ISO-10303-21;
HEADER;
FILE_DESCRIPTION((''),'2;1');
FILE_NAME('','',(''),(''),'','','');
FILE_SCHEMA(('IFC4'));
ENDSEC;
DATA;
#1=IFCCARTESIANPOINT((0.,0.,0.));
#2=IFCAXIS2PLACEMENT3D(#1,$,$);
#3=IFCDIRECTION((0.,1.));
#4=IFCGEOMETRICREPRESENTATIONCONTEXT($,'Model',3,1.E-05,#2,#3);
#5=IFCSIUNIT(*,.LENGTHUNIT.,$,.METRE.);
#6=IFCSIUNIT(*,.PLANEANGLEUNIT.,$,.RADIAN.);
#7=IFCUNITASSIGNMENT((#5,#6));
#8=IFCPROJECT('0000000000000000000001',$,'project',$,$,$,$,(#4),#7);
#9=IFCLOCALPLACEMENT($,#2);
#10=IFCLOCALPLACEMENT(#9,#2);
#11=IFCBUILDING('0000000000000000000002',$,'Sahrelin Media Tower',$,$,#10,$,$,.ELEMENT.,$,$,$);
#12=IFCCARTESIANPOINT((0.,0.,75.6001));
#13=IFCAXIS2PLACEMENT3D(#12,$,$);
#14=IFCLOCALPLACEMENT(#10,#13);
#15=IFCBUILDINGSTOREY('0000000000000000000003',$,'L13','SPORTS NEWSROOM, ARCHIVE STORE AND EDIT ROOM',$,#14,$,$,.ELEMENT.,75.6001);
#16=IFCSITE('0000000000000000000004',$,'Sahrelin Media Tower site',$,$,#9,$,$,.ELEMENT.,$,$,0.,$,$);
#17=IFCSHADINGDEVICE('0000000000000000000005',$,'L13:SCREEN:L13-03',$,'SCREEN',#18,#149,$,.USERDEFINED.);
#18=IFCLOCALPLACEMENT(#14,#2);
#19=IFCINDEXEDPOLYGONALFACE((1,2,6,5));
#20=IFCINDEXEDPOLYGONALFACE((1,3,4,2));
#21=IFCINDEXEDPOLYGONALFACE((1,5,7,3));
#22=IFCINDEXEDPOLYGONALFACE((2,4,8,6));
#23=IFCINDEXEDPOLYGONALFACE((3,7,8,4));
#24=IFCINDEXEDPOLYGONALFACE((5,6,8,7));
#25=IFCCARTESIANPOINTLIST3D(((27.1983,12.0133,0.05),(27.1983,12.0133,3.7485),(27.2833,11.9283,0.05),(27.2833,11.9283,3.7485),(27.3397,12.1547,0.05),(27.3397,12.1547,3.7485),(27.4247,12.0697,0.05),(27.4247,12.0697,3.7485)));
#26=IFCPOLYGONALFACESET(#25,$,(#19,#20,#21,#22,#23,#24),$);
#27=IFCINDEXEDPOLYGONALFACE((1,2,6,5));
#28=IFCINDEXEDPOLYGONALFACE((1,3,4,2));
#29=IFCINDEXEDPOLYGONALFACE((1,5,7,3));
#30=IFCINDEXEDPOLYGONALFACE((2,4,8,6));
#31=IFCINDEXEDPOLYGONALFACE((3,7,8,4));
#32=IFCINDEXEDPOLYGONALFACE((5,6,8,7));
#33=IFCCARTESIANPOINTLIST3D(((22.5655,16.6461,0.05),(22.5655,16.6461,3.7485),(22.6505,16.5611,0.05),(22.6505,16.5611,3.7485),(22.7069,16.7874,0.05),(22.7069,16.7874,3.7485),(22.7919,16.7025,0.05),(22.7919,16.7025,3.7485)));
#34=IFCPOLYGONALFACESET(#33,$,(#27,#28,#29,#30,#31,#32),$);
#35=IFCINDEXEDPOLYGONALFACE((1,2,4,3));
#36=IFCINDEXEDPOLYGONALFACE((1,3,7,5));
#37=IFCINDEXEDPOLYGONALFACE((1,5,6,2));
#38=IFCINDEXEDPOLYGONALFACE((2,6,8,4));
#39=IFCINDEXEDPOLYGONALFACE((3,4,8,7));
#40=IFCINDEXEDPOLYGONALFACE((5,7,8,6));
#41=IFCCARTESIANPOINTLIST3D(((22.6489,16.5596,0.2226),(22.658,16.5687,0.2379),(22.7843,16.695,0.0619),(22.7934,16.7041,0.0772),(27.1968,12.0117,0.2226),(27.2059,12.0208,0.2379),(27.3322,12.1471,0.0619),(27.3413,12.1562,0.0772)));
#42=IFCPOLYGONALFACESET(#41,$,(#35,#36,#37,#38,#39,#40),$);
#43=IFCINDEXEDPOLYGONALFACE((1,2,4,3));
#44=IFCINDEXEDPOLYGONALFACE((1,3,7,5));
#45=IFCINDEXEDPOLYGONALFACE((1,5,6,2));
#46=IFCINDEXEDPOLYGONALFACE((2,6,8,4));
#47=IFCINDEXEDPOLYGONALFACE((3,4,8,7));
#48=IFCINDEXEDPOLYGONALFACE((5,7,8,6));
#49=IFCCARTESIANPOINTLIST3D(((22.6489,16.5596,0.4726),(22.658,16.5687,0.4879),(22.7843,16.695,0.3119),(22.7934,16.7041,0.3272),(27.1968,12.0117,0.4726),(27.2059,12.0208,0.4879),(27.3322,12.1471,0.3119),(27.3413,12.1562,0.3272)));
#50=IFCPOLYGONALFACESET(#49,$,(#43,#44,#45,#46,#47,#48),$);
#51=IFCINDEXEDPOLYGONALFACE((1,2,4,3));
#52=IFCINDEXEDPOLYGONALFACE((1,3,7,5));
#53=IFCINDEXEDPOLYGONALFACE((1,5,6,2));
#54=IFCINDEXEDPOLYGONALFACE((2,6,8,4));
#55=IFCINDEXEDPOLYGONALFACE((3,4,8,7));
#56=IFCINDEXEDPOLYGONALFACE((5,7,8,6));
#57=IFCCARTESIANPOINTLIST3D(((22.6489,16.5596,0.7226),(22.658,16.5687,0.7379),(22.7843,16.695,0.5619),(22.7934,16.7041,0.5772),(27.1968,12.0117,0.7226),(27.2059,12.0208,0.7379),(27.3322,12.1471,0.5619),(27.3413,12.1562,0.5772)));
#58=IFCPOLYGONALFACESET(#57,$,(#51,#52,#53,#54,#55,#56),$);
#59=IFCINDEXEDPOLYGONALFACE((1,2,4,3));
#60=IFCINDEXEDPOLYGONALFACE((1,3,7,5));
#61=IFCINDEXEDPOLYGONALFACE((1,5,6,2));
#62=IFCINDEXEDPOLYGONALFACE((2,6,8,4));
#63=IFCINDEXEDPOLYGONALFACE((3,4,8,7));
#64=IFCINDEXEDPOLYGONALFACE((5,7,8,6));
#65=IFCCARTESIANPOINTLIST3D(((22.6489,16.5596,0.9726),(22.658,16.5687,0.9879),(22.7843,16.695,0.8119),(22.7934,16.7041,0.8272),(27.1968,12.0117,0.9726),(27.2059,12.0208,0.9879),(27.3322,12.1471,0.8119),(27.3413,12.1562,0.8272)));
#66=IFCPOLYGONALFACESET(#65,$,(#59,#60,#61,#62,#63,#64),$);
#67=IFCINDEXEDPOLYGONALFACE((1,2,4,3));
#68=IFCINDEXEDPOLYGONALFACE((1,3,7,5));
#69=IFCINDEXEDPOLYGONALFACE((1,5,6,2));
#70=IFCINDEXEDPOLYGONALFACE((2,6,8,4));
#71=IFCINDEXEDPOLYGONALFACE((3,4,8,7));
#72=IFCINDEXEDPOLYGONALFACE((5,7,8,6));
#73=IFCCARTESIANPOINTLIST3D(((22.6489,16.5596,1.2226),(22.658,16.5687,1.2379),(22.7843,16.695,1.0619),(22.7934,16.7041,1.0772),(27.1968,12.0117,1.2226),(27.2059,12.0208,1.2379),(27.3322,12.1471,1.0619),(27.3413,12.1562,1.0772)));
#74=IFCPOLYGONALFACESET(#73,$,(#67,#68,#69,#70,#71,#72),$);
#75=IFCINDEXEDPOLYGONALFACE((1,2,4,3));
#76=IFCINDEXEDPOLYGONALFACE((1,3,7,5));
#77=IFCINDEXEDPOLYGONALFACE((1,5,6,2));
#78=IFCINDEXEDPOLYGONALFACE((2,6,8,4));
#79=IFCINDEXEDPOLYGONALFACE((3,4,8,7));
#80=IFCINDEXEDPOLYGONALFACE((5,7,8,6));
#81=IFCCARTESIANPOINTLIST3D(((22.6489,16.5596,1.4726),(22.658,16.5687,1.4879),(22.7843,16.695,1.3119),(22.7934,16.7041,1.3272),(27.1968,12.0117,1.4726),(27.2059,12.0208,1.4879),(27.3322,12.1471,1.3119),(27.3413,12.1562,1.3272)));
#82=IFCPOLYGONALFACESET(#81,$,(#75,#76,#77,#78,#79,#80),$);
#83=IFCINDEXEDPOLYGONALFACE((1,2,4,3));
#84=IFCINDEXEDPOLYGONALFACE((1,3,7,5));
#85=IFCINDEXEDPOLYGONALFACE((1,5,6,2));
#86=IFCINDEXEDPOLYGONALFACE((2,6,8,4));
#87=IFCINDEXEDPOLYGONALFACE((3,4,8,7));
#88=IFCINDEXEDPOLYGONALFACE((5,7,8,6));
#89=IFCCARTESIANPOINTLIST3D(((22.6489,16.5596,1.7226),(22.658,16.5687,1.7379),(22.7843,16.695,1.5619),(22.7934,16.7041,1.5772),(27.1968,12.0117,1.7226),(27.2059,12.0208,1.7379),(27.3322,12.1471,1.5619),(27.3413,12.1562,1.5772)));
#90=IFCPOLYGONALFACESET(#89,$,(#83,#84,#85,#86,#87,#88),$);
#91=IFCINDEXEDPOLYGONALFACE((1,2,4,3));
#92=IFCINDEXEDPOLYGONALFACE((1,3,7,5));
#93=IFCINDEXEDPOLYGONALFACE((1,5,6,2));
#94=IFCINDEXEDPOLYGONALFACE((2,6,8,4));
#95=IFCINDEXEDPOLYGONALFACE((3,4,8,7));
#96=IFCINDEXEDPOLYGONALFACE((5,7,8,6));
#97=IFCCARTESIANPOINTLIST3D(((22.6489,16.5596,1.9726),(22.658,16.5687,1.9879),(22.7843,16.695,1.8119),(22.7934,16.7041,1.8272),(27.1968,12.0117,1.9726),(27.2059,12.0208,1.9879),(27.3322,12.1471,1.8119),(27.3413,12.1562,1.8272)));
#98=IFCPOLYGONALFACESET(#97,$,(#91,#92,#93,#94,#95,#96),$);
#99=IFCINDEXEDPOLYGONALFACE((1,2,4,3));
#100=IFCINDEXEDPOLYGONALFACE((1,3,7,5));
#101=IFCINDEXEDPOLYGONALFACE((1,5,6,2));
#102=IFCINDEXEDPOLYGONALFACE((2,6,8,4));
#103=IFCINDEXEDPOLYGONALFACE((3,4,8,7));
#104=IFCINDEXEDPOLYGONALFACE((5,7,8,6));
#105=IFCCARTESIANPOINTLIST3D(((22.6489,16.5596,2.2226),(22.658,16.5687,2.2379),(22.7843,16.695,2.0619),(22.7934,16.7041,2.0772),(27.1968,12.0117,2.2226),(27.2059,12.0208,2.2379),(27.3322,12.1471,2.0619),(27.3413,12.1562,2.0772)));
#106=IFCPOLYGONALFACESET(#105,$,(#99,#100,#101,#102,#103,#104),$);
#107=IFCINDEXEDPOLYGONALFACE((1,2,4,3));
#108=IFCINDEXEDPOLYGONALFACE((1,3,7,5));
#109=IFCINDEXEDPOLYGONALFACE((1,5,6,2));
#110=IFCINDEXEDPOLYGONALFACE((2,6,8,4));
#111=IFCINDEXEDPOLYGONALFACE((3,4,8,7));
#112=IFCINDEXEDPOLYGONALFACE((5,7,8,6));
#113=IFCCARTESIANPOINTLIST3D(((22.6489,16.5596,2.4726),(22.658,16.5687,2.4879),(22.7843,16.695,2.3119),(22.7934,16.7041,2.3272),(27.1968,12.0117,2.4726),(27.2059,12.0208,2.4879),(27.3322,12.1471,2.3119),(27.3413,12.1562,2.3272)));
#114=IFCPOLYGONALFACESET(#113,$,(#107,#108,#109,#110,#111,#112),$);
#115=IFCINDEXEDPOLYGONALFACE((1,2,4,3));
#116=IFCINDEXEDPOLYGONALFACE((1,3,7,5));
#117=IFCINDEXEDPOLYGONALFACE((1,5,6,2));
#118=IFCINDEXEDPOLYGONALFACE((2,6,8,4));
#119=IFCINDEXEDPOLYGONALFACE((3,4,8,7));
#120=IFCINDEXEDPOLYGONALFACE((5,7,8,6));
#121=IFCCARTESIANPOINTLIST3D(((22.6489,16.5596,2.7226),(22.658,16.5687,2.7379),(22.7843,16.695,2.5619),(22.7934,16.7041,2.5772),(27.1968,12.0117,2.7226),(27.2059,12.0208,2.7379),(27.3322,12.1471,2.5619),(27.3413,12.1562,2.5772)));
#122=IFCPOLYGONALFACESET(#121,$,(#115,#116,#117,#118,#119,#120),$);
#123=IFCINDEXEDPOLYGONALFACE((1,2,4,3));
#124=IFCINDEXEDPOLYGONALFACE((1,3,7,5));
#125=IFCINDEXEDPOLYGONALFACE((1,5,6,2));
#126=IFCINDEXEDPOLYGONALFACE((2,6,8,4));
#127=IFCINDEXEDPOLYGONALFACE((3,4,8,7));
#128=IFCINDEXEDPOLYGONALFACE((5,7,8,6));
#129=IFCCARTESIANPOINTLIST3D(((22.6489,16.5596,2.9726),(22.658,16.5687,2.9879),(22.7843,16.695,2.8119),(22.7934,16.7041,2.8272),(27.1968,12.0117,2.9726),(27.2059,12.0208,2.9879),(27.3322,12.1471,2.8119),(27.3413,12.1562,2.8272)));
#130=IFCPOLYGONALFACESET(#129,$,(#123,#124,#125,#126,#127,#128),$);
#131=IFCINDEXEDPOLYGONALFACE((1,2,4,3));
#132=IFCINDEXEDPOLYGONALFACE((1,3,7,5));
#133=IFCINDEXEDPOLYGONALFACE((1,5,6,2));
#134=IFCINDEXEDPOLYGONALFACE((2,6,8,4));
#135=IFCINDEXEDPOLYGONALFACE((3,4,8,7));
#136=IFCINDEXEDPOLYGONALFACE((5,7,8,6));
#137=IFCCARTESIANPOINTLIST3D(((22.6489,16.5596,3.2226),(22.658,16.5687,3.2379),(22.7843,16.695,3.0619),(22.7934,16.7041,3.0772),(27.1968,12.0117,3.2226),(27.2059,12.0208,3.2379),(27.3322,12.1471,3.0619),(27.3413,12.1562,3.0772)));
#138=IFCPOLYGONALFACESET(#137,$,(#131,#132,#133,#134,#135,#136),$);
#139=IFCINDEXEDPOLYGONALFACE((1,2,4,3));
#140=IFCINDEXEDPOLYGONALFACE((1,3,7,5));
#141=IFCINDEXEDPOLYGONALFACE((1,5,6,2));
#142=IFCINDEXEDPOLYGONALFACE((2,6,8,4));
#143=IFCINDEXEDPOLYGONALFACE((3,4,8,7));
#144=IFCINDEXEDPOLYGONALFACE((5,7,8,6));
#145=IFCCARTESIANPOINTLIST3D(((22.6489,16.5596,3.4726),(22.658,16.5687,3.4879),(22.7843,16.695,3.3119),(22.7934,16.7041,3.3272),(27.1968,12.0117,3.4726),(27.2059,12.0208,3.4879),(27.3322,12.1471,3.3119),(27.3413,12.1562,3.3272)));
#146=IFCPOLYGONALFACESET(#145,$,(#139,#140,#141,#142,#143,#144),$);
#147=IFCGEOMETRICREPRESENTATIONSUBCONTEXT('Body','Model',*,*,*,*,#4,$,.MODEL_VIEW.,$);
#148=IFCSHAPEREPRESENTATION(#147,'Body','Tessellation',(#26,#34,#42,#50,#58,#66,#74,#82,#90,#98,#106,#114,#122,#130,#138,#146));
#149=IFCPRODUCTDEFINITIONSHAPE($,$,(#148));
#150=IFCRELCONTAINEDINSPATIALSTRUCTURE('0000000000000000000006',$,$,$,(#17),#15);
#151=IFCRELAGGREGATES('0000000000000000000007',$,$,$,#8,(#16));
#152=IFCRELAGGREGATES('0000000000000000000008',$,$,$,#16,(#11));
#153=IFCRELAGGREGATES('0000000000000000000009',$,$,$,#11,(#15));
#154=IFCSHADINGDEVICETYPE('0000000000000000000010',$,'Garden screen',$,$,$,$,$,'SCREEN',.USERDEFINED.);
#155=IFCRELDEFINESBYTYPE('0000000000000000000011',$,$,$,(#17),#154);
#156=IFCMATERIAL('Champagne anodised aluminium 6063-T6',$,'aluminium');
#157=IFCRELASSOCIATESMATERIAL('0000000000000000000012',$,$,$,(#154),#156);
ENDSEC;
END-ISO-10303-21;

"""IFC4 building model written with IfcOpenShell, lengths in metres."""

from ifc_helpers import new_model, si_unit, direction, frame, origin, origin_2d, place, context, subcontext, project, spatial, rectangle, extrude, material, type_object, element, save


model = new_model("IFC4")

# Units and contexts
model_context = context("Model", 3, precision=1e-05, world=origin(), true_north=direction((0.0, 1.0)))
body_context = subcontext(model_context, "Body", "Model", "MODEL_VIEW")
ifc_project = project(units=[si_unit("LENGTHUNIT", "METRE"), si_unit("PLANEANGLEUNIT", "RADIAN")], contexts=[model_context])

# Site, building, storey
site_placement = place(None, origin())
site = spatial("IfcSite", under=ifc_project, at=site_placement, Name="Sahrelin Media Tower site", CompositionType="ELEMENT", RefElevation=0.0)
building_placement = place(site_placement, origin())
building = spatial("IfcBuilding", under=site, at=building_placement, Name="Sahrelin Media Tower", CompositionType="ELEMENT")
storey_placement = place(building_placement, frame((0.0, 0.0, 75.6001)))
storey = spatial("IfcBuildingStorey", under=building, at=storey_placement, Name="L13", Description="SPORTS NEWSROOM, ARCHIVE STORE AND EDIT ROOM", CompositionType="ELEMENT", Elevation=75.6001)

# Shared definitions
ifc_material_1 = material(Name="Champagne anodised aluminium 6063-T6", Category="aluminium")

# Shading device
shading_device_type_1 = type_object("IfcShadingDeviceType", Name="Garden screen", ElementType="SCREEN", PredefinedType="USERDEFINED", material=ifc_material_1)
shading_device_1_placement = place(storey_placement, frame((24.9243, 14.2871, 0.0), z_axis=(0.0, 0.0, 1.0), x_axis=(0.707107, -0.707107, 0.0)))
element("IfcShadingDevice", 1, at=shading_device_1_placement, inside=storey, type_object=shading_device_type_1, Name="L13:SCREEN:L13-03", ObjectType="SCREEN", PredefinedType="USERDEFINED", context=body_context, shape_type="SweptSolid", body=[
    extrude(rectangle(XDim=0.1201, YDim=0.2, at=origin_2d()), frame((3.2759, 0.1001, 0.05), z_axis=(0.0, 0.0, 1.0), x_axis=(1.0, 0.0, 0.0)), (0.0, 0.0, 1.0), 3.6985),
    extrude(rectangle(XDim=0.1201, YDim=0.2, at=origin_2d()), frame((-3.2759, 0.1001, 0.05), z_axis=(0.0, 0.0, 1.0), x_axis=(1.0, 0.0, 0.0)), (0.0, 0.0, 1.0), 3.6985),
    extrude(rectangle(XDim=0.25, YDim=0.02, at=origin_2d()), frame((3.2158, 0.1001, 0.1499), z_axis=(-1.0, 0.0, 0.0), x_axis=(0.0, -0.766044, 0.642788)), (0.0, 0.0, 1.0), 6.4316),
    extrude(rectangle(XDim=0.25, YDim=0.02, at=origin_2d()), frame((3.2158, 0.1001, 0.3999), z_axis=(-1.0, 0.0, 0.0), x_axis=(0.0, -0.766044, 0.642788)), (0.0, 0.0, 1.0), 6.4316),
    extrude(rectangle(XDim=0.25, YDim=0.02, at=origin_2d()), frame((3.2158, 0.1001, 0.6499), z_axis=(-1.0, 0.0, 0.0), x_axis=(0.0, -0.766044, 0.642788)), (0.0, 0.0, 1.0), 6.4316),
    extrude(rectangle(XDim=0.25, YDim=0.02, at=origin_2d()), frame((3.2158, 0.1001, 0.8999), z_axis=(-1.0, 0.0, 0.0), x_axis=(0.0, -0.766044, 0.642788)), (0.0, 0.0, 1.0), 6.4316),
    extrude(rectangle(XDim=0.25, YDim=0.02, at=origin_2d()), frame((3.2158, 0.1001, 1.1499), z_axis=(-1.0, 0.0, 0.0), x_axis=(0.0, -0.766044, 0.642788)), (0.0, 0.0, 1.0), 6.4316),
    extrude(rectangle(XDim=0.25, YDim=0.02, at=origin_2d()), frame((3.2158, 0.1001, 1.3999), z_axis=(-1.0, 0.0, 0.0), x_axis=(0.0, -0.766044, 0.642788)), (0.0, 0.0, 1.0), 6.4316),
    extrude(rectangle(XDim=0.25, YDim=0.02, at=origin_2d()), frame((3.2158, 0.1001, 1.6499), z_axis=(-1.0, 0.0, 0.0), x_axis=(0.0, -0.766044, 0.642788)), (0.0, 0.0, 1.0), 6.4316),
    extrude(rectangle(XDim=0.25, YDim=0.02, at=origin_2d()), frame((3.2158, 0.1001, 1.8999), z_axis=(-1.0, 0.0, 0.0), x_axis=(0.0, -0.766044, 0.642788)), (0.0, 0.0, 1.0), 6.4316),
    extrude(rectangle(XDim=0.25, YDim=0.02, at=origin_2d()), frame((3.2158, 0.1001, 2.1499), z_axis=(-1.0, 0.0, 0.0), x_axis=(0.0, -0.766044, 0.642788)), (0.0, 0.0, 1.0), 6.4316),
    extrude(rectangle(XDim=0.25, YDim=0.02, at=origin_2d()), frame((3.2158, 0.1001, 2.3999), z_axis=(-1.0, 0.0, 0.0), x_axis=(0.0, -0.766044, 0.642788)), (0.0, 0.0, 1.0), 6.4316),
    extrude(rectangle(XDim=0.25, YDim=0.02, at=origin_2d()), frame((3.2158, 0.1001, 2.6499), z_axis=(-1.0, 0.0, 0.0), x_axis=(0.0, -0.766044, 0.642788)), (0.0, 0.0, 1.0), 6.4316),
    extrude(rectangle(XDim=0.25, YDim=0.02, at=origin_2d()), frame((3.2158, 0.1001, 2.8999), z_axis=(-1.0, 0.0, 0.0), x_axis=(0.0, -0.766044, 0.642788)), (0.0, 0.0, 1.0), 6.4316),
    extrude(rectangle(XDim=0.25, YDim=0.02, at=origin_2d()), frame((3.2158, 0.1001, 3.1499), z_axis=(-1.0, 0.0, 0.0), x_axis=(0.0, -0.766044, 0.642788)), (0.0, 0.0, 1.0), 6.4316),
    extrude(rectangle(XDim=0.25, YDim=0.02, at=origin_2d()), frame((3.2158, 0.1001, 3.3999), z_axis=(-1.0, 0.0, 0.0), x_axis=(0.0, -0.766044, 0.642788)), (0.0, 0.0, 1.0), 6.4316),
])

save(model, "model.ifc")
